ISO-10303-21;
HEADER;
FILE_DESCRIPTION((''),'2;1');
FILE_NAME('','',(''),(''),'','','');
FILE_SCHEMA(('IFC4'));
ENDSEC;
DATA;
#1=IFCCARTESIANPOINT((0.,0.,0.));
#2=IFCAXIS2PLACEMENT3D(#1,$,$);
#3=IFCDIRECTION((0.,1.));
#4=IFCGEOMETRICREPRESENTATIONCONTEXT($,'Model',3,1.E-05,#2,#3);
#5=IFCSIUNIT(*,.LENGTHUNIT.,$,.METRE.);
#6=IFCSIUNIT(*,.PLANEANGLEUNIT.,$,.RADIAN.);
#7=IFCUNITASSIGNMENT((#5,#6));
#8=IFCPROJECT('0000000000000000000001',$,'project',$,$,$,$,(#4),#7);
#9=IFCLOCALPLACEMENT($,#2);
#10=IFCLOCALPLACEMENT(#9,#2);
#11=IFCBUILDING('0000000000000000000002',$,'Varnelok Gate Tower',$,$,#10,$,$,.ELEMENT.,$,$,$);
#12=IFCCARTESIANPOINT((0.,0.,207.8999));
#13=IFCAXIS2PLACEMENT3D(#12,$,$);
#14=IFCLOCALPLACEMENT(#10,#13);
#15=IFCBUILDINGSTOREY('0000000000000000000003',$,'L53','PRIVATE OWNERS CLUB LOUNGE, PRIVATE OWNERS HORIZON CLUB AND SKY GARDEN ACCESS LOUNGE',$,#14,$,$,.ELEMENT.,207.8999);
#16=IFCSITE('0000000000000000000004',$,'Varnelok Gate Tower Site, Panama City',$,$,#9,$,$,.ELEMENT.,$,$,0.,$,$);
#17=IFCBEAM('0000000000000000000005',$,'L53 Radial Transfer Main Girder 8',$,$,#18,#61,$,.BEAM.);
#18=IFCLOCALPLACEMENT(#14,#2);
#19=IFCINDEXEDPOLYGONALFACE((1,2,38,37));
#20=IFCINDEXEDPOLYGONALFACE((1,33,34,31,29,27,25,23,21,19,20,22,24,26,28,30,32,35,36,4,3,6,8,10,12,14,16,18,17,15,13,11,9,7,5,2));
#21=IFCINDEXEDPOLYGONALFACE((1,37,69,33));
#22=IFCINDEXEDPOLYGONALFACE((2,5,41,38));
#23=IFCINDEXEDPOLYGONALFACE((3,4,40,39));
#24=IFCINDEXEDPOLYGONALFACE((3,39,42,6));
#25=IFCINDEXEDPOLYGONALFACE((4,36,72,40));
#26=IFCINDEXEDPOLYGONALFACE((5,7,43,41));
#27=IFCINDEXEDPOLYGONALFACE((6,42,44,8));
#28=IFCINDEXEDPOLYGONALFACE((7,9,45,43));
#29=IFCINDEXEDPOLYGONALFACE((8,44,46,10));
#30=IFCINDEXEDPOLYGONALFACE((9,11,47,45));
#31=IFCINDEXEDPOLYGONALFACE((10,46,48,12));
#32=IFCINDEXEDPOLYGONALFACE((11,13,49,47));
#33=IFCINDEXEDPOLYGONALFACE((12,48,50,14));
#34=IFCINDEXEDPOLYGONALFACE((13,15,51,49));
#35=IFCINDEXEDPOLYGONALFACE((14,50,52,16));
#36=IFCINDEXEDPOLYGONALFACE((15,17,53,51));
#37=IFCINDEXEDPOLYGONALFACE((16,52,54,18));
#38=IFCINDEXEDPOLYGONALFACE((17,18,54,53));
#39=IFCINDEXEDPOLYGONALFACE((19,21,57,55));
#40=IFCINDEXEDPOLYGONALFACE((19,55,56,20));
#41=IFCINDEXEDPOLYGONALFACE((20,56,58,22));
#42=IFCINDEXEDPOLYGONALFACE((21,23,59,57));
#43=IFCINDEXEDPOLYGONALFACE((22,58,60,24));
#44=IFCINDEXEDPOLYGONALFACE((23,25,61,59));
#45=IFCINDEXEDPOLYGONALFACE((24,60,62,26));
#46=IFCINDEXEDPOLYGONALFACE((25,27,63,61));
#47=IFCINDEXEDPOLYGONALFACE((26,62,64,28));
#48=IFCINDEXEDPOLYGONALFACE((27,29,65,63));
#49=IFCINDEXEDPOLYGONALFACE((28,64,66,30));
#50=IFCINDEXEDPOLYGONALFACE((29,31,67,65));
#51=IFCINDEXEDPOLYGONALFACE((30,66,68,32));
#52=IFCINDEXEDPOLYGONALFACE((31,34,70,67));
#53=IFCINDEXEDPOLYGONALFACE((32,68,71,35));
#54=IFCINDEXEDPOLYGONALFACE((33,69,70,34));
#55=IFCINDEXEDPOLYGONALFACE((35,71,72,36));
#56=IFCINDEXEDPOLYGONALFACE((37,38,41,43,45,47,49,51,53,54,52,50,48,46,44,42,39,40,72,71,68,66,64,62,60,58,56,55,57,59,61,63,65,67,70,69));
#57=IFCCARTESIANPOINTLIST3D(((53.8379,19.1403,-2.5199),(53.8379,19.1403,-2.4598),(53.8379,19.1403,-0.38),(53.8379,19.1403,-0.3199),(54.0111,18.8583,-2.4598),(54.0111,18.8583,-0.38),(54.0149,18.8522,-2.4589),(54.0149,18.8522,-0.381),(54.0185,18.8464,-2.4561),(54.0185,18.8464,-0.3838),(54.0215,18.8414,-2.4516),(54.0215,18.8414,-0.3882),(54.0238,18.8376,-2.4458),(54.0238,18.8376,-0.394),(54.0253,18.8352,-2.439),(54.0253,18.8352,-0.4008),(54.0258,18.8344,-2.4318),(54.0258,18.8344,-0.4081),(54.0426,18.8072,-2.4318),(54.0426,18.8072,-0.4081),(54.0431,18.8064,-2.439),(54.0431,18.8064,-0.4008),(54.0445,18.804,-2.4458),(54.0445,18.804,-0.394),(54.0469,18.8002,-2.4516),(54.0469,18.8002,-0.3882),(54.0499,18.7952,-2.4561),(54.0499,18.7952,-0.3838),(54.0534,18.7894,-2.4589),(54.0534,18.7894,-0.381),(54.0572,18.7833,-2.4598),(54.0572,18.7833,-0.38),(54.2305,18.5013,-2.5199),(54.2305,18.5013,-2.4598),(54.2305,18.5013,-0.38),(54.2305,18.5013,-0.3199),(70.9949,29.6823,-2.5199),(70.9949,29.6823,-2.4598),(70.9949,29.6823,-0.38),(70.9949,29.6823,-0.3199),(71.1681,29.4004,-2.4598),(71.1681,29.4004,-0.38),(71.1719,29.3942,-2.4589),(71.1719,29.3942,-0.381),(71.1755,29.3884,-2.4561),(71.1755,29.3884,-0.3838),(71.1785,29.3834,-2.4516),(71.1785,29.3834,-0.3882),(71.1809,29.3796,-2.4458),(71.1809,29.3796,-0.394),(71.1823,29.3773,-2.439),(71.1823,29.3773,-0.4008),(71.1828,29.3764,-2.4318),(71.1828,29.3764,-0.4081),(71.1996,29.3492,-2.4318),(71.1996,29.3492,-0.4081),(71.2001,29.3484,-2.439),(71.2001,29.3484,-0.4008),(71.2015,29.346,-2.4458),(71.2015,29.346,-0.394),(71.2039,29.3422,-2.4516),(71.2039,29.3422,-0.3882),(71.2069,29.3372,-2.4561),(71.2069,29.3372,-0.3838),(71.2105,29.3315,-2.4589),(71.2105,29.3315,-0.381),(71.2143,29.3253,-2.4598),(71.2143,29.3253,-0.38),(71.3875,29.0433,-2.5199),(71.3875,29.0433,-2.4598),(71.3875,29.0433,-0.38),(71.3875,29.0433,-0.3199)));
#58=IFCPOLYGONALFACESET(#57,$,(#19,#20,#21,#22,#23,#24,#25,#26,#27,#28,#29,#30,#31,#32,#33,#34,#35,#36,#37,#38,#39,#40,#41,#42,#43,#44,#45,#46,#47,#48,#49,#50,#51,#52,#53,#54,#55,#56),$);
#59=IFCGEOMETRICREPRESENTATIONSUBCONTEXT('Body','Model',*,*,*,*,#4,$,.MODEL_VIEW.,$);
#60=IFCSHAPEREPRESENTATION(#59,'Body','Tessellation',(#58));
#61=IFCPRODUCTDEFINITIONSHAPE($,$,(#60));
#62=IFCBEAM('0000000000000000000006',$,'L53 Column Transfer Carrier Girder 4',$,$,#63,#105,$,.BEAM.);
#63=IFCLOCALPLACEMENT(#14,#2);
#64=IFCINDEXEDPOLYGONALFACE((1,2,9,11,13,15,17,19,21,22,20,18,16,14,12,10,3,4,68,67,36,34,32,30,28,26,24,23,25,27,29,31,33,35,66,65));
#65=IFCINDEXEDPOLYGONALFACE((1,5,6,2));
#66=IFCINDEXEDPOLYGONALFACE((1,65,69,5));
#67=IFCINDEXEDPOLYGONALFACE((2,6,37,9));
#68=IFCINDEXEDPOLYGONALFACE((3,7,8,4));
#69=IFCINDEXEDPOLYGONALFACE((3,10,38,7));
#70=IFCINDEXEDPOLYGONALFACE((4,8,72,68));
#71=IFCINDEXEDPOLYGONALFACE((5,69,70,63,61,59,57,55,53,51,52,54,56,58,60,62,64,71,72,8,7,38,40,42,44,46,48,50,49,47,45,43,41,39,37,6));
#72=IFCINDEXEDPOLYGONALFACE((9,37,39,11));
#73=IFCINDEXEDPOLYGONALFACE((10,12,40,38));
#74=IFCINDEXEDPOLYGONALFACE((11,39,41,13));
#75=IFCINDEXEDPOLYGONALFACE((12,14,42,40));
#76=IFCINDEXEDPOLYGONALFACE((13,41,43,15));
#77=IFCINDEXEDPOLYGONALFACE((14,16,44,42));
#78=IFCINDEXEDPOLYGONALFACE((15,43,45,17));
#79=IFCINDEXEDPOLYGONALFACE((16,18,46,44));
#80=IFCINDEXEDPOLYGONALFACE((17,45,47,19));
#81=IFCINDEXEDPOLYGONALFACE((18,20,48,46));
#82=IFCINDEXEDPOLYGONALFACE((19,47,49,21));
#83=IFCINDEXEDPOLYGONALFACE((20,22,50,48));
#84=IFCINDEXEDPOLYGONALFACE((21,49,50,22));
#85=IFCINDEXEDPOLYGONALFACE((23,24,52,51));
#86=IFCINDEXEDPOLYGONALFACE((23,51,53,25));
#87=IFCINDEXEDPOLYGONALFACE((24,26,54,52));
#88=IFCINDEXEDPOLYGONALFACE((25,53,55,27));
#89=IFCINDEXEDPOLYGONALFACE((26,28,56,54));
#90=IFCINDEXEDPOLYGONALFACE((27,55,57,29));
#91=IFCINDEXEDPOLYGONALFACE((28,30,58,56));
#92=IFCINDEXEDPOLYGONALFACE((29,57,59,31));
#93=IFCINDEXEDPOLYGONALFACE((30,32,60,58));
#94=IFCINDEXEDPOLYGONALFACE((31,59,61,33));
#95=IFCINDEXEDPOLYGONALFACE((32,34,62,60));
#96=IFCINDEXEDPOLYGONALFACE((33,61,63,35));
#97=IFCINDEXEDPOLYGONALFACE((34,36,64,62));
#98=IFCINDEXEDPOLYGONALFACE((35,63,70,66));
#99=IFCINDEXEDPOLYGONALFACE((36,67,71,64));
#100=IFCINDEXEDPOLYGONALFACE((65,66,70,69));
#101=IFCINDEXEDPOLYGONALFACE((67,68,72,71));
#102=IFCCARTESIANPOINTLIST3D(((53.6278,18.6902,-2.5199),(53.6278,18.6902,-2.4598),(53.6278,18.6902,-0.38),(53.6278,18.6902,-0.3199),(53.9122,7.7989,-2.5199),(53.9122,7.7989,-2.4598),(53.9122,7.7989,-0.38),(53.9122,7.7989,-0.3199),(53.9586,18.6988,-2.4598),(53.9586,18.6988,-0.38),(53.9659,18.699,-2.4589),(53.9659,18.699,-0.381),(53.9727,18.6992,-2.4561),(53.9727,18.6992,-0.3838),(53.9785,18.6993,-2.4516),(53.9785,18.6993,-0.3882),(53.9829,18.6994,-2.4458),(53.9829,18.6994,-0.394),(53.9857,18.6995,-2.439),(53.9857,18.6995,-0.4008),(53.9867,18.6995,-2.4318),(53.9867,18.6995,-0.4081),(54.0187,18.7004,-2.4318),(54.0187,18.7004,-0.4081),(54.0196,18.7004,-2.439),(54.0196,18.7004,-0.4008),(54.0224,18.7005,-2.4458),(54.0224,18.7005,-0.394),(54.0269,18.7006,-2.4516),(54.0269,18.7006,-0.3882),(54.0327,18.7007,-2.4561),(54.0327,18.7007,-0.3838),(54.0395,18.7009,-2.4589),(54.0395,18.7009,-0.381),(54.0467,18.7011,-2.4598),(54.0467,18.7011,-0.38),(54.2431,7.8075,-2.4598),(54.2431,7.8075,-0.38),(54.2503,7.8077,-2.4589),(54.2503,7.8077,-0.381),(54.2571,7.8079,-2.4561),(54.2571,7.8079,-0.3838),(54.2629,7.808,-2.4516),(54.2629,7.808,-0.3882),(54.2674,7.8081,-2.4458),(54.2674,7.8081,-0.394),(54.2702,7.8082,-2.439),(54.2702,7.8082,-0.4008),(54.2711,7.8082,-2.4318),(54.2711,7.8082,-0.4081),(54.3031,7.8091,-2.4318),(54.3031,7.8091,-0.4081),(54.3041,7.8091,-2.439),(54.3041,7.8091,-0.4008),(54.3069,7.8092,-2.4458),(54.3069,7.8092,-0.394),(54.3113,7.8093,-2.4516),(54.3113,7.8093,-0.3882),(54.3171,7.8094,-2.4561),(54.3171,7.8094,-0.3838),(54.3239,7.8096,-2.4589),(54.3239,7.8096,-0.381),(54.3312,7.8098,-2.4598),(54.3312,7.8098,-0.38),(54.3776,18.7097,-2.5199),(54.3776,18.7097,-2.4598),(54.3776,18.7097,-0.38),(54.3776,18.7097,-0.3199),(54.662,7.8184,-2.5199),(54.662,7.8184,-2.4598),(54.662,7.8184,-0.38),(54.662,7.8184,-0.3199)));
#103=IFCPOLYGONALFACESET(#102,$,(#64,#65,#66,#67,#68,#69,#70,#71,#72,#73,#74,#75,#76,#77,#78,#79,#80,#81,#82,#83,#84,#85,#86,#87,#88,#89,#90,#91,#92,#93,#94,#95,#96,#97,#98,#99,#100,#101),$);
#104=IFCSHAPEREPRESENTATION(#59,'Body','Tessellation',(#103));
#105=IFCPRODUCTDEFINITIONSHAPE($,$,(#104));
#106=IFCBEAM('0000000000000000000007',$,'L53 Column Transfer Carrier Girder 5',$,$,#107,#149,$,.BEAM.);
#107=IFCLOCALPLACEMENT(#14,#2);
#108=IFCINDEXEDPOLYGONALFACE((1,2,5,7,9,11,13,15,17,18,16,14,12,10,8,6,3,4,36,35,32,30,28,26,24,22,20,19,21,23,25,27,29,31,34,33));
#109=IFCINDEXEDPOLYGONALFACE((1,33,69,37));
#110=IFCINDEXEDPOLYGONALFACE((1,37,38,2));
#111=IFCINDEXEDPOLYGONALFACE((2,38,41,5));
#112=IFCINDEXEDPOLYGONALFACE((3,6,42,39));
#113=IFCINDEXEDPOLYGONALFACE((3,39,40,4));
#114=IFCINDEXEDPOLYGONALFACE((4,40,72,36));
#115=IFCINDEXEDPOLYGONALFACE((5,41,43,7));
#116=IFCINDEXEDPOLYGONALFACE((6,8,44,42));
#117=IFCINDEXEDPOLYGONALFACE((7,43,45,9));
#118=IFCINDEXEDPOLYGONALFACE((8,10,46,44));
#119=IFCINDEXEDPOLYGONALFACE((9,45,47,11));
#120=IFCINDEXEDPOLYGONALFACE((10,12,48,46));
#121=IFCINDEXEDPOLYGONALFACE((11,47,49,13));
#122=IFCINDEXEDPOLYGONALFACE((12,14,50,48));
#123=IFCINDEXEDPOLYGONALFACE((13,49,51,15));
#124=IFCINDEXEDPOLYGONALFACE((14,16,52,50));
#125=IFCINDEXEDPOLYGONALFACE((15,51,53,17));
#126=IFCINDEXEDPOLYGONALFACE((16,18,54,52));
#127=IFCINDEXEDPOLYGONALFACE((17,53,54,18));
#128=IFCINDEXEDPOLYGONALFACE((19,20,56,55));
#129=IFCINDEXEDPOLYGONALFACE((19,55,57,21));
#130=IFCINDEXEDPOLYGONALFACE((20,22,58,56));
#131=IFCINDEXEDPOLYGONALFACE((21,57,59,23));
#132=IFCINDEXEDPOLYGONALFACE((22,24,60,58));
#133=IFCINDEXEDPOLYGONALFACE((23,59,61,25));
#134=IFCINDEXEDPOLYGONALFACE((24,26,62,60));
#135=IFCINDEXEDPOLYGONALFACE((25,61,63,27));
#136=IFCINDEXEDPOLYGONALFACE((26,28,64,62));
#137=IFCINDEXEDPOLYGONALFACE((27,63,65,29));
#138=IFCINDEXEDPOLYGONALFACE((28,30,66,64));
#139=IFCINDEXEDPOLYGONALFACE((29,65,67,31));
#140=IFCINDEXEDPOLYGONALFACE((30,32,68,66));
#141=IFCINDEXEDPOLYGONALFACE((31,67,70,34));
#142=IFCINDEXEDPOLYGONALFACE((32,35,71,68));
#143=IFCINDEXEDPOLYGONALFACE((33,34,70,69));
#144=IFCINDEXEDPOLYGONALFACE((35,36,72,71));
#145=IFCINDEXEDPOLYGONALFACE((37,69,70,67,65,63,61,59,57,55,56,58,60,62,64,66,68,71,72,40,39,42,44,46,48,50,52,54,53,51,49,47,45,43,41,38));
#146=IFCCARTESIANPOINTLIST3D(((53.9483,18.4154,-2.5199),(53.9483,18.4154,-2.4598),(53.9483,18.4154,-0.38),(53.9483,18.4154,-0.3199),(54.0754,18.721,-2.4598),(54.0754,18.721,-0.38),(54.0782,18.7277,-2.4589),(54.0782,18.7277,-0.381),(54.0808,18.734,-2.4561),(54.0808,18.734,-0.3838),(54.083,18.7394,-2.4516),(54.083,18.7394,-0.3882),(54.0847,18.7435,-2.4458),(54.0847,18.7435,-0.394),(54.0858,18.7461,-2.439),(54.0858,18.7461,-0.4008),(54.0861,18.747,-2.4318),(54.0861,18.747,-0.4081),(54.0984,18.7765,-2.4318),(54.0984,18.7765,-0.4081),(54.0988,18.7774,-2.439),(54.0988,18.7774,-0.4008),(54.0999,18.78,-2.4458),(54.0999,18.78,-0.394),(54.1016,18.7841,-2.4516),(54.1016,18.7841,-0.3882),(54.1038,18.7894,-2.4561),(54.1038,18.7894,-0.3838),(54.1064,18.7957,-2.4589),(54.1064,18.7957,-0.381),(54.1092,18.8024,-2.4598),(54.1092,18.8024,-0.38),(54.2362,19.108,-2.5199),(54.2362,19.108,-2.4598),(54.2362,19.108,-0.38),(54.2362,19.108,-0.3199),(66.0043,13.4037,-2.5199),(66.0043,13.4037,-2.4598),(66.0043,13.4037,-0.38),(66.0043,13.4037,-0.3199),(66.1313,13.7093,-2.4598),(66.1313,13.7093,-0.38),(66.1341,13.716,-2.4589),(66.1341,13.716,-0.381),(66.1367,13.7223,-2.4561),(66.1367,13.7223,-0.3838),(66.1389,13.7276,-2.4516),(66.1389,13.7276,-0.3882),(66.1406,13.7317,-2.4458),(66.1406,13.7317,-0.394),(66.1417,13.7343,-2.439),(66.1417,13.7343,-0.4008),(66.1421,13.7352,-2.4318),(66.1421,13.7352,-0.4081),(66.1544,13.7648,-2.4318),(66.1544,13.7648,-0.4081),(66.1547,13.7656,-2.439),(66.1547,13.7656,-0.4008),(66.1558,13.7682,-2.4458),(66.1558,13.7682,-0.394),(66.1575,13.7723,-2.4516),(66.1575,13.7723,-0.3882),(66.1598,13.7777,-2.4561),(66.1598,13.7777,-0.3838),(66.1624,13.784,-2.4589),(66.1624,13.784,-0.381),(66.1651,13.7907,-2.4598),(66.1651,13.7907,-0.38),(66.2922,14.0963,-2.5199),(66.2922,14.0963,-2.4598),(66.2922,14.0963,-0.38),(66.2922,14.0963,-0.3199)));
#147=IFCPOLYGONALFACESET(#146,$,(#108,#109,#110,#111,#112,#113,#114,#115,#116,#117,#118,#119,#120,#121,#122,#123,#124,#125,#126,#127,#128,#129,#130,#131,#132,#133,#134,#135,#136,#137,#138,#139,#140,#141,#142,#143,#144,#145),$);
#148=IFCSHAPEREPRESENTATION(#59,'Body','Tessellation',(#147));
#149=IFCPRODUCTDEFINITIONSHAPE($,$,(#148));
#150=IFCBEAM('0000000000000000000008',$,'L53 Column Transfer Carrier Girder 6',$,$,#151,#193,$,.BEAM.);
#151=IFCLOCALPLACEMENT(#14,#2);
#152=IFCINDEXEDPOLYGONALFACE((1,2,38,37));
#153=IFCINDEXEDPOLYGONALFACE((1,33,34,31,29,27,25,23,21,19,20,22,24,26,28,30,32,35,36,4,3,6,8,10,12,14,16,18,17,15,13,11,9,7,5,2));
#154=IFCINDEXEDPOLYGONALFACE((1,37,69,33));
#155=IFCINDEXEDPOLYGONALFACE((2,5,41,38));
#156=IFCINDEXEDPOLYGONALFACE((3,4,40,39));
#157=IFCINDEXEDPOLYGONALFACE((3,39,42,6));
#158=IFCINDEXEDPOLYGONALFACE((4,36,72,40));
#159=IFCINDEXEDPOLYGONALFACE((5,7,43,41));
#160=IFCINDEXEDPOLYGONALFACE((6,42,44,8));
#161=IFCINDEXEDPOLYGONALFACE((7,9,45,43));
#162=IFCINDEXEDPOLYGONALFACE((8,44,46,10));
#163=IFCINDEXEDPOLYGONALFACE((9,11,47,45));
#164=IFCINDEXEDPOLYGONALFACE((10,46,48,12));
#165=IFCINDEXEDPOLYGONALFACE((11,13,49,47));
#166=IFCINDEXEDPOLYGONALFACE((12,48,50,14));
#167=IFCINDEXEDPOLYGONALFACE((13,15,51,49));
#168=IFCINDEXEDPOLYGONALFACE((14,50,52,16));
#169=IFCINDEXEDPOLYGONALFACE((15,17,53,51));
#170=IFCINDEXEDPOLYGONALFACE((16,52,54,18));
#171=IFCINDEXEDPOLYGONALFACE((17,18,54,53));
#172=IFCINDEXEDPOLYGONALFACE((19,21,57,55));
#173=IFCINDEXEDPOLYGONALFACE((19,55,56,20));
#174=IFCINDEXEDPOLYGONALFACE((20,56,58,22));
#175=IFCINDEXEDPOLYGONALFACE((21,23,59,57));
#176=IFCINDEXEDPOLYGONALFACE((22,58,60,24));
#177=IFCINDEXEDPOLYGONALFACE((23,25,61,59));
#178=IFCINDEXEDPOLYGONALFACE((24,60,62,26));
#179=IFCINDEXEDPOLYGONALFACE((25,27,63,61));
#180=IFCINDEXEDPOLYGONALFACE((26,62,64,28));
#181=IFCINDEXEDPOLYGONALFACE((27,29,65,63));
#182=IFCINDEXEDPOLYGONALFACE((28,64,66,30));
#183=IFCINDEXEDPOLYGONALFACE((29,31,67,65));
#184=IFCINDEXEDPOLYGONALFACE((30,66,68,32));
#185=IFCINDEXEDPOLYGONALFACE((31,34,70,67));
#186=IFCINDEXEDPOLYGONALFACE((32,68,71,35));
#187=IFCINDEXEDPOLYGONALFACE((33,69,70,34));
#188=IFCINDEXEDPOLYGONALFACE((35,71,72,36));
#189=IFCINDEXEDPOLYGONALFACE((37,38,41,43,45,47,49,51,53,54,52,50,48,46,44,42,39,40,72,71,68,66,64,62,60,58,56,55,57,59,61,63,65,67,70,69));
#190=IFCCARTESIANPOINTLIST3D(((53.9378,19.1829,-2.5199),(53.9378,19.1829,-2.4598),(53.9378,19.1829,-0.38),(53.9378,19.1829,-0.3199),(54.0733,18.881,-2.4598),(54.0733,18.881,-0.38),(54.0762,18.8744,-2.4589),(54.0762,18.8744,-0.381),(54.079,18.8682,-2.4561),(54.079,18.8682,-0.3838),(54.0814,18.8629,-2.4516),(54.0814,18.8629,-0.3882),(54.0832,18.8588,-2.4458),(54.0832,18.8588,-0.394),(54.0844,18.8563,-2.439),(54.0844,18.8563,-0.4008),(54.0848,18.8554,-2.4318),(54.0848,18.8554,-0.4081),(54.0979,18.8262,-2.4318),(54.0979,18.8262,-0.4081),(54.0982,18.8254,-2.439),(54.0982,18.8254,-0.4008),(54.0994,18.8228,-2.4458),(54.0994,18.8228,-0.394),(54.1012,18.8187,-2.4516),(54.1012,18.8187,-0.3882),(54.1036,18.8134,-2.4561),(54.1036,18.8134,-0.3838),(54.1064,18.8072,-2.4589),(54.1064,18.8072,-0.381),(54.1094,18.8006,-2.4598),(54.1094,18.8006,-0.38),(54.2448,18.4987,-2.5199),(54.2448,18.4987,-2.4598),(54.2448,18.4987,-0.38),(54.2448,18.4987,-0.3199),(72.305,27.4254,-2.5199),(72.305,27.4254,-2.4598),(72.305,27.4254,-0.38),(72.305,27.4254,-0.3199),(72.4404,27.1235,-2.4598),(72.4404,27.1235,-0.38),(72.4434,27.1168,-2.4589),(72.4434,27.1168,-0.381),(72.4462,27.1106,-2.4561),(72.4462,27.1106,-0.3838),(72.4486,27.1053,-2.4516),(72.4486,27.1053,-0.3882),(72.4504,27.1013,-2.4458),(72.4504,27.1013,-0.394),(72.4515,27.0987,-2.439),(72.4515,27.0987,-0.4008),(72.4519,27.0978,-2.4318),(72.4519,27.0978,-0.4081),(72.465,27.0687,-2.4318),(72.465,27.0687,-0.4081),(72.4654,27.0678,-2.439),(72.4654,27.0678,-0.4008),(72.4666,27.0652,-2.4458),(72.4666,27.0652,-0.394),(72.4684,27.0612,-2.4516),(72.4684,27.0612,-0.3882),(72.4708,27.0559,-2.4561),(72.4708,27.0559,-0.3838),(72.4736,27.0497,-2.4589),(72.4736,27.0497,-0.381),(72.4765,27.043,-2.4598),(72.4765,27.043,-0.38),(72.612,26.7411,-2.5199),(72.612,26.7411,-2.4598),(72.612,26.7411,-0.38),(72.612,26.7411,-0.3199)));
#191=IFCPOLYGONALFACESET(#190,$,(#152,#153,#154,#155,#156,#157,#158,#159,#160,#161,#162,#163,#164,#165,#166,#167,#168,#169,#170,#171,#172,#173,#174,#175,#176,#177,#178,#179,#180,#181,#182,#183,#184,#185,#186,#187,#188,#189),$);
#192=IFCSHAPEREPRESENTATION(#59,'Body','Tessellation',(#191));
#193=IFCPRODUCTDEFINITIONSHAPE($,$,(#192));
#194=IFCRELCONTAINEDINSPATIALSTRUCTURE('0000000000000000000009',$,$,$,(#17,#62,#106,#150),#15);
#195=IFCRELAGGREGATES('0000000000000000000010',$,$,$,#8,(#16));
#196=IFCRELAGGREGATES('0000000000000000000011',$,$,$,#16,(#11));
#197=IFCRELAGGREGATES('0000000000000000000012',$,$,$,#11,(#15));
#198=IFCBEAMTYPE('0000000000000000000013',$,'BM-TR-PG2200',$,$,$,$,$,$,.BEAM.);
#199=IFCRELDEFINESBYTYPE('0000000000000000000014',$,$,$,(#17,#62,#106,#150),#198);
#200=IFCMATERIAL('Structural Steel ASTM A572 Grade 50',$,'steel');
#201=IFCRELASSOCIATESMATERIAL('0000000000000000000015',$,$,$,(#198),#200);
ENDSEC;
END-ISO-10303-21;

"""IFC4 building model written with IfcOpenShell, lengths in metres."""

from ifc_helpers import new_model, si_unit, direction, frame, origin, origin_2d, place, context, subcontext, project, spatial, i_section, extrude, material, material_profile, profile_set, type_object, element, save


model = new_model("IFC4")

# Units and contexts
model_context = context("Model", 3, precision=1e-05, world=origin(), true_north=direction((0.0, 1.0)))
body_context = subcontext(model_context, "Body", "Model", "MODEL_VIEW")
ifc_project = project(units=[si_unit("LENGTHUNIT", "METRE"), si_unit("PLANEANGLEUNIT", "RADIAN")], contexts=[model_context])

# Site, building, storey
site_placement = place(None, origin())
site = spatial("IfcSite", under=ifc_project, at=site_placement, Name="Varnelok Gate Tower Site, Panama City", CompositionType="ELEMENT", RefElevation=0.0)
building_placement = place(site_placement, origin())
building = spatial("IfcBuilding", under=site, at=building_placement, Name="Varnelok Gate Tower", CompositionType="ELEMENT")
storey_placement = place(building_placement, frame((0.0, 0.0, 207.8999)))
storey = spatial("IfcBuildingStorey", under=building, at=storey_placement, Name="L53", Description="PRIVATE OWNERS CLUB LOUNGE, PRIVATE OWNERS HORIZON CLUB AND SKY GARDEN ACCESS LOUNGE", CompositionType="ELEMENT", Elevation=207.8999)

# Beams
ifc_material_1 = material(Name="Structural Steel ASTM A572 Grade 50", Category="steel")
ifc_material_profile_1 = material_profile(ifc_material_1, i_section(OverallWidth=0.75, OverallDepth=2.2, WebThickness=0.032, FlangeThickness=0.0601, FilletRadius=0.0281, at=origin_2d()), Name="PG2200X750")
ifc_profile_set_1 = profile_set([ifc_material_profile_1], Name="Structural Steel ASTM A572 Grade 50")
beam_type = type_object("IfcBeamType", Name="BM-TR-PG2200", PredefinedType="BEAM", material=ifc_profile_set_1)
beam_1_placement = place(storey_placement, frame((54.0342, 18.8208, -1.4199), z_axis=(0.852016, 0.523516, 0.0), x_axis=(-0.523516, 0.852016, 0.0)))
element("IfcBeam", 1, at=beam_1_placement, inside=storey, type_object=beam_type, Name="L53 Radial Transfer Main Girder 8", PredefinedType="BEAM", context=body_context, shape_type="SweptSolid", body=[
    extrude(i_section(OverallWidth=0.75, OverallDepth=2.2, WebThickness=0.032, FlangeThickness=0.0601, FilletRadius=0.0281, at=origin_2d()), origin(), (0.0, 0.0, 1.0), 20.137),
])
beam_2_placement = place(storey_placement, frame((54.0027, 18.7, -1.4199), z_axis=(0.026106, -0.999659, 0.0), x_axis=(0.999659, 0.026106, 0.0)))
element("IfcBeam", 2, at=beam_2_placement, inside=storey, type_object=beam_type, Name="L53 Column Transfer Carrier Girder 4", PredefinedType="BEAM", context=body_context, shape_type="SweptSolid", body=[
    extrude(i_section(OverallWidth=0.75, OverallDepth=2.2, WebThickness=0.032, FlangeThickness=0.0601, FilletRadius=0.0281, at=origin_2d()), origin(), (0.0, 0.0, 1.0), 10.895),
])
beam_3_placement = place(storey_placement, frame((54.0923, 18.7617, -1.4199), z_axis=(0.923391, -0.38386, 0.0), x_axis=(0.38386, 0.923391, 0.0)))
element("IfcBeam", 3, at=beam_3_placement, inside=storey, type_object=beam_type, Name="L53 Column Transfer Carrier Girder 5", PredefinedType="BEAM", context=body_context, shape_type="SweptSolid", body=[
    extrude(i_section(OverallWidth=0.75, OverallDepth=2.2, WebThickness=0.032, FlangeThickness=0.0601, FilletRadius=0.0281, at=origin_2d()), origin(), (0.0, 0.0, 1.0), 13.0562),
])
beam_4_placement = place(storey_placement, frame((54.0913, 18.8408, -1.4199), z_axis=(0.912345, 0.409423, 0.0), x_axis=(-0.409423, 0.912345, 0.0)))
element("IfcBeam", 4, at=beam_4_placement, inside=storey, type_object=beam_type, Name="L53 Column Transfer Carrier Girder 6", PredefinedType="BEAM", context=body_context, shape_type="SweptSolid", body=[
    extrude(i_section(OverallWidth=0.75, OverallDepth=2.2, WebThickness=0.032, FlangeThickness=0.0601, FilletRadius=0.0281, at=origin_2d()), origin(), (0.0, 0.0, 1.0), 20.1318),
])

save(model, "model.ifc")
